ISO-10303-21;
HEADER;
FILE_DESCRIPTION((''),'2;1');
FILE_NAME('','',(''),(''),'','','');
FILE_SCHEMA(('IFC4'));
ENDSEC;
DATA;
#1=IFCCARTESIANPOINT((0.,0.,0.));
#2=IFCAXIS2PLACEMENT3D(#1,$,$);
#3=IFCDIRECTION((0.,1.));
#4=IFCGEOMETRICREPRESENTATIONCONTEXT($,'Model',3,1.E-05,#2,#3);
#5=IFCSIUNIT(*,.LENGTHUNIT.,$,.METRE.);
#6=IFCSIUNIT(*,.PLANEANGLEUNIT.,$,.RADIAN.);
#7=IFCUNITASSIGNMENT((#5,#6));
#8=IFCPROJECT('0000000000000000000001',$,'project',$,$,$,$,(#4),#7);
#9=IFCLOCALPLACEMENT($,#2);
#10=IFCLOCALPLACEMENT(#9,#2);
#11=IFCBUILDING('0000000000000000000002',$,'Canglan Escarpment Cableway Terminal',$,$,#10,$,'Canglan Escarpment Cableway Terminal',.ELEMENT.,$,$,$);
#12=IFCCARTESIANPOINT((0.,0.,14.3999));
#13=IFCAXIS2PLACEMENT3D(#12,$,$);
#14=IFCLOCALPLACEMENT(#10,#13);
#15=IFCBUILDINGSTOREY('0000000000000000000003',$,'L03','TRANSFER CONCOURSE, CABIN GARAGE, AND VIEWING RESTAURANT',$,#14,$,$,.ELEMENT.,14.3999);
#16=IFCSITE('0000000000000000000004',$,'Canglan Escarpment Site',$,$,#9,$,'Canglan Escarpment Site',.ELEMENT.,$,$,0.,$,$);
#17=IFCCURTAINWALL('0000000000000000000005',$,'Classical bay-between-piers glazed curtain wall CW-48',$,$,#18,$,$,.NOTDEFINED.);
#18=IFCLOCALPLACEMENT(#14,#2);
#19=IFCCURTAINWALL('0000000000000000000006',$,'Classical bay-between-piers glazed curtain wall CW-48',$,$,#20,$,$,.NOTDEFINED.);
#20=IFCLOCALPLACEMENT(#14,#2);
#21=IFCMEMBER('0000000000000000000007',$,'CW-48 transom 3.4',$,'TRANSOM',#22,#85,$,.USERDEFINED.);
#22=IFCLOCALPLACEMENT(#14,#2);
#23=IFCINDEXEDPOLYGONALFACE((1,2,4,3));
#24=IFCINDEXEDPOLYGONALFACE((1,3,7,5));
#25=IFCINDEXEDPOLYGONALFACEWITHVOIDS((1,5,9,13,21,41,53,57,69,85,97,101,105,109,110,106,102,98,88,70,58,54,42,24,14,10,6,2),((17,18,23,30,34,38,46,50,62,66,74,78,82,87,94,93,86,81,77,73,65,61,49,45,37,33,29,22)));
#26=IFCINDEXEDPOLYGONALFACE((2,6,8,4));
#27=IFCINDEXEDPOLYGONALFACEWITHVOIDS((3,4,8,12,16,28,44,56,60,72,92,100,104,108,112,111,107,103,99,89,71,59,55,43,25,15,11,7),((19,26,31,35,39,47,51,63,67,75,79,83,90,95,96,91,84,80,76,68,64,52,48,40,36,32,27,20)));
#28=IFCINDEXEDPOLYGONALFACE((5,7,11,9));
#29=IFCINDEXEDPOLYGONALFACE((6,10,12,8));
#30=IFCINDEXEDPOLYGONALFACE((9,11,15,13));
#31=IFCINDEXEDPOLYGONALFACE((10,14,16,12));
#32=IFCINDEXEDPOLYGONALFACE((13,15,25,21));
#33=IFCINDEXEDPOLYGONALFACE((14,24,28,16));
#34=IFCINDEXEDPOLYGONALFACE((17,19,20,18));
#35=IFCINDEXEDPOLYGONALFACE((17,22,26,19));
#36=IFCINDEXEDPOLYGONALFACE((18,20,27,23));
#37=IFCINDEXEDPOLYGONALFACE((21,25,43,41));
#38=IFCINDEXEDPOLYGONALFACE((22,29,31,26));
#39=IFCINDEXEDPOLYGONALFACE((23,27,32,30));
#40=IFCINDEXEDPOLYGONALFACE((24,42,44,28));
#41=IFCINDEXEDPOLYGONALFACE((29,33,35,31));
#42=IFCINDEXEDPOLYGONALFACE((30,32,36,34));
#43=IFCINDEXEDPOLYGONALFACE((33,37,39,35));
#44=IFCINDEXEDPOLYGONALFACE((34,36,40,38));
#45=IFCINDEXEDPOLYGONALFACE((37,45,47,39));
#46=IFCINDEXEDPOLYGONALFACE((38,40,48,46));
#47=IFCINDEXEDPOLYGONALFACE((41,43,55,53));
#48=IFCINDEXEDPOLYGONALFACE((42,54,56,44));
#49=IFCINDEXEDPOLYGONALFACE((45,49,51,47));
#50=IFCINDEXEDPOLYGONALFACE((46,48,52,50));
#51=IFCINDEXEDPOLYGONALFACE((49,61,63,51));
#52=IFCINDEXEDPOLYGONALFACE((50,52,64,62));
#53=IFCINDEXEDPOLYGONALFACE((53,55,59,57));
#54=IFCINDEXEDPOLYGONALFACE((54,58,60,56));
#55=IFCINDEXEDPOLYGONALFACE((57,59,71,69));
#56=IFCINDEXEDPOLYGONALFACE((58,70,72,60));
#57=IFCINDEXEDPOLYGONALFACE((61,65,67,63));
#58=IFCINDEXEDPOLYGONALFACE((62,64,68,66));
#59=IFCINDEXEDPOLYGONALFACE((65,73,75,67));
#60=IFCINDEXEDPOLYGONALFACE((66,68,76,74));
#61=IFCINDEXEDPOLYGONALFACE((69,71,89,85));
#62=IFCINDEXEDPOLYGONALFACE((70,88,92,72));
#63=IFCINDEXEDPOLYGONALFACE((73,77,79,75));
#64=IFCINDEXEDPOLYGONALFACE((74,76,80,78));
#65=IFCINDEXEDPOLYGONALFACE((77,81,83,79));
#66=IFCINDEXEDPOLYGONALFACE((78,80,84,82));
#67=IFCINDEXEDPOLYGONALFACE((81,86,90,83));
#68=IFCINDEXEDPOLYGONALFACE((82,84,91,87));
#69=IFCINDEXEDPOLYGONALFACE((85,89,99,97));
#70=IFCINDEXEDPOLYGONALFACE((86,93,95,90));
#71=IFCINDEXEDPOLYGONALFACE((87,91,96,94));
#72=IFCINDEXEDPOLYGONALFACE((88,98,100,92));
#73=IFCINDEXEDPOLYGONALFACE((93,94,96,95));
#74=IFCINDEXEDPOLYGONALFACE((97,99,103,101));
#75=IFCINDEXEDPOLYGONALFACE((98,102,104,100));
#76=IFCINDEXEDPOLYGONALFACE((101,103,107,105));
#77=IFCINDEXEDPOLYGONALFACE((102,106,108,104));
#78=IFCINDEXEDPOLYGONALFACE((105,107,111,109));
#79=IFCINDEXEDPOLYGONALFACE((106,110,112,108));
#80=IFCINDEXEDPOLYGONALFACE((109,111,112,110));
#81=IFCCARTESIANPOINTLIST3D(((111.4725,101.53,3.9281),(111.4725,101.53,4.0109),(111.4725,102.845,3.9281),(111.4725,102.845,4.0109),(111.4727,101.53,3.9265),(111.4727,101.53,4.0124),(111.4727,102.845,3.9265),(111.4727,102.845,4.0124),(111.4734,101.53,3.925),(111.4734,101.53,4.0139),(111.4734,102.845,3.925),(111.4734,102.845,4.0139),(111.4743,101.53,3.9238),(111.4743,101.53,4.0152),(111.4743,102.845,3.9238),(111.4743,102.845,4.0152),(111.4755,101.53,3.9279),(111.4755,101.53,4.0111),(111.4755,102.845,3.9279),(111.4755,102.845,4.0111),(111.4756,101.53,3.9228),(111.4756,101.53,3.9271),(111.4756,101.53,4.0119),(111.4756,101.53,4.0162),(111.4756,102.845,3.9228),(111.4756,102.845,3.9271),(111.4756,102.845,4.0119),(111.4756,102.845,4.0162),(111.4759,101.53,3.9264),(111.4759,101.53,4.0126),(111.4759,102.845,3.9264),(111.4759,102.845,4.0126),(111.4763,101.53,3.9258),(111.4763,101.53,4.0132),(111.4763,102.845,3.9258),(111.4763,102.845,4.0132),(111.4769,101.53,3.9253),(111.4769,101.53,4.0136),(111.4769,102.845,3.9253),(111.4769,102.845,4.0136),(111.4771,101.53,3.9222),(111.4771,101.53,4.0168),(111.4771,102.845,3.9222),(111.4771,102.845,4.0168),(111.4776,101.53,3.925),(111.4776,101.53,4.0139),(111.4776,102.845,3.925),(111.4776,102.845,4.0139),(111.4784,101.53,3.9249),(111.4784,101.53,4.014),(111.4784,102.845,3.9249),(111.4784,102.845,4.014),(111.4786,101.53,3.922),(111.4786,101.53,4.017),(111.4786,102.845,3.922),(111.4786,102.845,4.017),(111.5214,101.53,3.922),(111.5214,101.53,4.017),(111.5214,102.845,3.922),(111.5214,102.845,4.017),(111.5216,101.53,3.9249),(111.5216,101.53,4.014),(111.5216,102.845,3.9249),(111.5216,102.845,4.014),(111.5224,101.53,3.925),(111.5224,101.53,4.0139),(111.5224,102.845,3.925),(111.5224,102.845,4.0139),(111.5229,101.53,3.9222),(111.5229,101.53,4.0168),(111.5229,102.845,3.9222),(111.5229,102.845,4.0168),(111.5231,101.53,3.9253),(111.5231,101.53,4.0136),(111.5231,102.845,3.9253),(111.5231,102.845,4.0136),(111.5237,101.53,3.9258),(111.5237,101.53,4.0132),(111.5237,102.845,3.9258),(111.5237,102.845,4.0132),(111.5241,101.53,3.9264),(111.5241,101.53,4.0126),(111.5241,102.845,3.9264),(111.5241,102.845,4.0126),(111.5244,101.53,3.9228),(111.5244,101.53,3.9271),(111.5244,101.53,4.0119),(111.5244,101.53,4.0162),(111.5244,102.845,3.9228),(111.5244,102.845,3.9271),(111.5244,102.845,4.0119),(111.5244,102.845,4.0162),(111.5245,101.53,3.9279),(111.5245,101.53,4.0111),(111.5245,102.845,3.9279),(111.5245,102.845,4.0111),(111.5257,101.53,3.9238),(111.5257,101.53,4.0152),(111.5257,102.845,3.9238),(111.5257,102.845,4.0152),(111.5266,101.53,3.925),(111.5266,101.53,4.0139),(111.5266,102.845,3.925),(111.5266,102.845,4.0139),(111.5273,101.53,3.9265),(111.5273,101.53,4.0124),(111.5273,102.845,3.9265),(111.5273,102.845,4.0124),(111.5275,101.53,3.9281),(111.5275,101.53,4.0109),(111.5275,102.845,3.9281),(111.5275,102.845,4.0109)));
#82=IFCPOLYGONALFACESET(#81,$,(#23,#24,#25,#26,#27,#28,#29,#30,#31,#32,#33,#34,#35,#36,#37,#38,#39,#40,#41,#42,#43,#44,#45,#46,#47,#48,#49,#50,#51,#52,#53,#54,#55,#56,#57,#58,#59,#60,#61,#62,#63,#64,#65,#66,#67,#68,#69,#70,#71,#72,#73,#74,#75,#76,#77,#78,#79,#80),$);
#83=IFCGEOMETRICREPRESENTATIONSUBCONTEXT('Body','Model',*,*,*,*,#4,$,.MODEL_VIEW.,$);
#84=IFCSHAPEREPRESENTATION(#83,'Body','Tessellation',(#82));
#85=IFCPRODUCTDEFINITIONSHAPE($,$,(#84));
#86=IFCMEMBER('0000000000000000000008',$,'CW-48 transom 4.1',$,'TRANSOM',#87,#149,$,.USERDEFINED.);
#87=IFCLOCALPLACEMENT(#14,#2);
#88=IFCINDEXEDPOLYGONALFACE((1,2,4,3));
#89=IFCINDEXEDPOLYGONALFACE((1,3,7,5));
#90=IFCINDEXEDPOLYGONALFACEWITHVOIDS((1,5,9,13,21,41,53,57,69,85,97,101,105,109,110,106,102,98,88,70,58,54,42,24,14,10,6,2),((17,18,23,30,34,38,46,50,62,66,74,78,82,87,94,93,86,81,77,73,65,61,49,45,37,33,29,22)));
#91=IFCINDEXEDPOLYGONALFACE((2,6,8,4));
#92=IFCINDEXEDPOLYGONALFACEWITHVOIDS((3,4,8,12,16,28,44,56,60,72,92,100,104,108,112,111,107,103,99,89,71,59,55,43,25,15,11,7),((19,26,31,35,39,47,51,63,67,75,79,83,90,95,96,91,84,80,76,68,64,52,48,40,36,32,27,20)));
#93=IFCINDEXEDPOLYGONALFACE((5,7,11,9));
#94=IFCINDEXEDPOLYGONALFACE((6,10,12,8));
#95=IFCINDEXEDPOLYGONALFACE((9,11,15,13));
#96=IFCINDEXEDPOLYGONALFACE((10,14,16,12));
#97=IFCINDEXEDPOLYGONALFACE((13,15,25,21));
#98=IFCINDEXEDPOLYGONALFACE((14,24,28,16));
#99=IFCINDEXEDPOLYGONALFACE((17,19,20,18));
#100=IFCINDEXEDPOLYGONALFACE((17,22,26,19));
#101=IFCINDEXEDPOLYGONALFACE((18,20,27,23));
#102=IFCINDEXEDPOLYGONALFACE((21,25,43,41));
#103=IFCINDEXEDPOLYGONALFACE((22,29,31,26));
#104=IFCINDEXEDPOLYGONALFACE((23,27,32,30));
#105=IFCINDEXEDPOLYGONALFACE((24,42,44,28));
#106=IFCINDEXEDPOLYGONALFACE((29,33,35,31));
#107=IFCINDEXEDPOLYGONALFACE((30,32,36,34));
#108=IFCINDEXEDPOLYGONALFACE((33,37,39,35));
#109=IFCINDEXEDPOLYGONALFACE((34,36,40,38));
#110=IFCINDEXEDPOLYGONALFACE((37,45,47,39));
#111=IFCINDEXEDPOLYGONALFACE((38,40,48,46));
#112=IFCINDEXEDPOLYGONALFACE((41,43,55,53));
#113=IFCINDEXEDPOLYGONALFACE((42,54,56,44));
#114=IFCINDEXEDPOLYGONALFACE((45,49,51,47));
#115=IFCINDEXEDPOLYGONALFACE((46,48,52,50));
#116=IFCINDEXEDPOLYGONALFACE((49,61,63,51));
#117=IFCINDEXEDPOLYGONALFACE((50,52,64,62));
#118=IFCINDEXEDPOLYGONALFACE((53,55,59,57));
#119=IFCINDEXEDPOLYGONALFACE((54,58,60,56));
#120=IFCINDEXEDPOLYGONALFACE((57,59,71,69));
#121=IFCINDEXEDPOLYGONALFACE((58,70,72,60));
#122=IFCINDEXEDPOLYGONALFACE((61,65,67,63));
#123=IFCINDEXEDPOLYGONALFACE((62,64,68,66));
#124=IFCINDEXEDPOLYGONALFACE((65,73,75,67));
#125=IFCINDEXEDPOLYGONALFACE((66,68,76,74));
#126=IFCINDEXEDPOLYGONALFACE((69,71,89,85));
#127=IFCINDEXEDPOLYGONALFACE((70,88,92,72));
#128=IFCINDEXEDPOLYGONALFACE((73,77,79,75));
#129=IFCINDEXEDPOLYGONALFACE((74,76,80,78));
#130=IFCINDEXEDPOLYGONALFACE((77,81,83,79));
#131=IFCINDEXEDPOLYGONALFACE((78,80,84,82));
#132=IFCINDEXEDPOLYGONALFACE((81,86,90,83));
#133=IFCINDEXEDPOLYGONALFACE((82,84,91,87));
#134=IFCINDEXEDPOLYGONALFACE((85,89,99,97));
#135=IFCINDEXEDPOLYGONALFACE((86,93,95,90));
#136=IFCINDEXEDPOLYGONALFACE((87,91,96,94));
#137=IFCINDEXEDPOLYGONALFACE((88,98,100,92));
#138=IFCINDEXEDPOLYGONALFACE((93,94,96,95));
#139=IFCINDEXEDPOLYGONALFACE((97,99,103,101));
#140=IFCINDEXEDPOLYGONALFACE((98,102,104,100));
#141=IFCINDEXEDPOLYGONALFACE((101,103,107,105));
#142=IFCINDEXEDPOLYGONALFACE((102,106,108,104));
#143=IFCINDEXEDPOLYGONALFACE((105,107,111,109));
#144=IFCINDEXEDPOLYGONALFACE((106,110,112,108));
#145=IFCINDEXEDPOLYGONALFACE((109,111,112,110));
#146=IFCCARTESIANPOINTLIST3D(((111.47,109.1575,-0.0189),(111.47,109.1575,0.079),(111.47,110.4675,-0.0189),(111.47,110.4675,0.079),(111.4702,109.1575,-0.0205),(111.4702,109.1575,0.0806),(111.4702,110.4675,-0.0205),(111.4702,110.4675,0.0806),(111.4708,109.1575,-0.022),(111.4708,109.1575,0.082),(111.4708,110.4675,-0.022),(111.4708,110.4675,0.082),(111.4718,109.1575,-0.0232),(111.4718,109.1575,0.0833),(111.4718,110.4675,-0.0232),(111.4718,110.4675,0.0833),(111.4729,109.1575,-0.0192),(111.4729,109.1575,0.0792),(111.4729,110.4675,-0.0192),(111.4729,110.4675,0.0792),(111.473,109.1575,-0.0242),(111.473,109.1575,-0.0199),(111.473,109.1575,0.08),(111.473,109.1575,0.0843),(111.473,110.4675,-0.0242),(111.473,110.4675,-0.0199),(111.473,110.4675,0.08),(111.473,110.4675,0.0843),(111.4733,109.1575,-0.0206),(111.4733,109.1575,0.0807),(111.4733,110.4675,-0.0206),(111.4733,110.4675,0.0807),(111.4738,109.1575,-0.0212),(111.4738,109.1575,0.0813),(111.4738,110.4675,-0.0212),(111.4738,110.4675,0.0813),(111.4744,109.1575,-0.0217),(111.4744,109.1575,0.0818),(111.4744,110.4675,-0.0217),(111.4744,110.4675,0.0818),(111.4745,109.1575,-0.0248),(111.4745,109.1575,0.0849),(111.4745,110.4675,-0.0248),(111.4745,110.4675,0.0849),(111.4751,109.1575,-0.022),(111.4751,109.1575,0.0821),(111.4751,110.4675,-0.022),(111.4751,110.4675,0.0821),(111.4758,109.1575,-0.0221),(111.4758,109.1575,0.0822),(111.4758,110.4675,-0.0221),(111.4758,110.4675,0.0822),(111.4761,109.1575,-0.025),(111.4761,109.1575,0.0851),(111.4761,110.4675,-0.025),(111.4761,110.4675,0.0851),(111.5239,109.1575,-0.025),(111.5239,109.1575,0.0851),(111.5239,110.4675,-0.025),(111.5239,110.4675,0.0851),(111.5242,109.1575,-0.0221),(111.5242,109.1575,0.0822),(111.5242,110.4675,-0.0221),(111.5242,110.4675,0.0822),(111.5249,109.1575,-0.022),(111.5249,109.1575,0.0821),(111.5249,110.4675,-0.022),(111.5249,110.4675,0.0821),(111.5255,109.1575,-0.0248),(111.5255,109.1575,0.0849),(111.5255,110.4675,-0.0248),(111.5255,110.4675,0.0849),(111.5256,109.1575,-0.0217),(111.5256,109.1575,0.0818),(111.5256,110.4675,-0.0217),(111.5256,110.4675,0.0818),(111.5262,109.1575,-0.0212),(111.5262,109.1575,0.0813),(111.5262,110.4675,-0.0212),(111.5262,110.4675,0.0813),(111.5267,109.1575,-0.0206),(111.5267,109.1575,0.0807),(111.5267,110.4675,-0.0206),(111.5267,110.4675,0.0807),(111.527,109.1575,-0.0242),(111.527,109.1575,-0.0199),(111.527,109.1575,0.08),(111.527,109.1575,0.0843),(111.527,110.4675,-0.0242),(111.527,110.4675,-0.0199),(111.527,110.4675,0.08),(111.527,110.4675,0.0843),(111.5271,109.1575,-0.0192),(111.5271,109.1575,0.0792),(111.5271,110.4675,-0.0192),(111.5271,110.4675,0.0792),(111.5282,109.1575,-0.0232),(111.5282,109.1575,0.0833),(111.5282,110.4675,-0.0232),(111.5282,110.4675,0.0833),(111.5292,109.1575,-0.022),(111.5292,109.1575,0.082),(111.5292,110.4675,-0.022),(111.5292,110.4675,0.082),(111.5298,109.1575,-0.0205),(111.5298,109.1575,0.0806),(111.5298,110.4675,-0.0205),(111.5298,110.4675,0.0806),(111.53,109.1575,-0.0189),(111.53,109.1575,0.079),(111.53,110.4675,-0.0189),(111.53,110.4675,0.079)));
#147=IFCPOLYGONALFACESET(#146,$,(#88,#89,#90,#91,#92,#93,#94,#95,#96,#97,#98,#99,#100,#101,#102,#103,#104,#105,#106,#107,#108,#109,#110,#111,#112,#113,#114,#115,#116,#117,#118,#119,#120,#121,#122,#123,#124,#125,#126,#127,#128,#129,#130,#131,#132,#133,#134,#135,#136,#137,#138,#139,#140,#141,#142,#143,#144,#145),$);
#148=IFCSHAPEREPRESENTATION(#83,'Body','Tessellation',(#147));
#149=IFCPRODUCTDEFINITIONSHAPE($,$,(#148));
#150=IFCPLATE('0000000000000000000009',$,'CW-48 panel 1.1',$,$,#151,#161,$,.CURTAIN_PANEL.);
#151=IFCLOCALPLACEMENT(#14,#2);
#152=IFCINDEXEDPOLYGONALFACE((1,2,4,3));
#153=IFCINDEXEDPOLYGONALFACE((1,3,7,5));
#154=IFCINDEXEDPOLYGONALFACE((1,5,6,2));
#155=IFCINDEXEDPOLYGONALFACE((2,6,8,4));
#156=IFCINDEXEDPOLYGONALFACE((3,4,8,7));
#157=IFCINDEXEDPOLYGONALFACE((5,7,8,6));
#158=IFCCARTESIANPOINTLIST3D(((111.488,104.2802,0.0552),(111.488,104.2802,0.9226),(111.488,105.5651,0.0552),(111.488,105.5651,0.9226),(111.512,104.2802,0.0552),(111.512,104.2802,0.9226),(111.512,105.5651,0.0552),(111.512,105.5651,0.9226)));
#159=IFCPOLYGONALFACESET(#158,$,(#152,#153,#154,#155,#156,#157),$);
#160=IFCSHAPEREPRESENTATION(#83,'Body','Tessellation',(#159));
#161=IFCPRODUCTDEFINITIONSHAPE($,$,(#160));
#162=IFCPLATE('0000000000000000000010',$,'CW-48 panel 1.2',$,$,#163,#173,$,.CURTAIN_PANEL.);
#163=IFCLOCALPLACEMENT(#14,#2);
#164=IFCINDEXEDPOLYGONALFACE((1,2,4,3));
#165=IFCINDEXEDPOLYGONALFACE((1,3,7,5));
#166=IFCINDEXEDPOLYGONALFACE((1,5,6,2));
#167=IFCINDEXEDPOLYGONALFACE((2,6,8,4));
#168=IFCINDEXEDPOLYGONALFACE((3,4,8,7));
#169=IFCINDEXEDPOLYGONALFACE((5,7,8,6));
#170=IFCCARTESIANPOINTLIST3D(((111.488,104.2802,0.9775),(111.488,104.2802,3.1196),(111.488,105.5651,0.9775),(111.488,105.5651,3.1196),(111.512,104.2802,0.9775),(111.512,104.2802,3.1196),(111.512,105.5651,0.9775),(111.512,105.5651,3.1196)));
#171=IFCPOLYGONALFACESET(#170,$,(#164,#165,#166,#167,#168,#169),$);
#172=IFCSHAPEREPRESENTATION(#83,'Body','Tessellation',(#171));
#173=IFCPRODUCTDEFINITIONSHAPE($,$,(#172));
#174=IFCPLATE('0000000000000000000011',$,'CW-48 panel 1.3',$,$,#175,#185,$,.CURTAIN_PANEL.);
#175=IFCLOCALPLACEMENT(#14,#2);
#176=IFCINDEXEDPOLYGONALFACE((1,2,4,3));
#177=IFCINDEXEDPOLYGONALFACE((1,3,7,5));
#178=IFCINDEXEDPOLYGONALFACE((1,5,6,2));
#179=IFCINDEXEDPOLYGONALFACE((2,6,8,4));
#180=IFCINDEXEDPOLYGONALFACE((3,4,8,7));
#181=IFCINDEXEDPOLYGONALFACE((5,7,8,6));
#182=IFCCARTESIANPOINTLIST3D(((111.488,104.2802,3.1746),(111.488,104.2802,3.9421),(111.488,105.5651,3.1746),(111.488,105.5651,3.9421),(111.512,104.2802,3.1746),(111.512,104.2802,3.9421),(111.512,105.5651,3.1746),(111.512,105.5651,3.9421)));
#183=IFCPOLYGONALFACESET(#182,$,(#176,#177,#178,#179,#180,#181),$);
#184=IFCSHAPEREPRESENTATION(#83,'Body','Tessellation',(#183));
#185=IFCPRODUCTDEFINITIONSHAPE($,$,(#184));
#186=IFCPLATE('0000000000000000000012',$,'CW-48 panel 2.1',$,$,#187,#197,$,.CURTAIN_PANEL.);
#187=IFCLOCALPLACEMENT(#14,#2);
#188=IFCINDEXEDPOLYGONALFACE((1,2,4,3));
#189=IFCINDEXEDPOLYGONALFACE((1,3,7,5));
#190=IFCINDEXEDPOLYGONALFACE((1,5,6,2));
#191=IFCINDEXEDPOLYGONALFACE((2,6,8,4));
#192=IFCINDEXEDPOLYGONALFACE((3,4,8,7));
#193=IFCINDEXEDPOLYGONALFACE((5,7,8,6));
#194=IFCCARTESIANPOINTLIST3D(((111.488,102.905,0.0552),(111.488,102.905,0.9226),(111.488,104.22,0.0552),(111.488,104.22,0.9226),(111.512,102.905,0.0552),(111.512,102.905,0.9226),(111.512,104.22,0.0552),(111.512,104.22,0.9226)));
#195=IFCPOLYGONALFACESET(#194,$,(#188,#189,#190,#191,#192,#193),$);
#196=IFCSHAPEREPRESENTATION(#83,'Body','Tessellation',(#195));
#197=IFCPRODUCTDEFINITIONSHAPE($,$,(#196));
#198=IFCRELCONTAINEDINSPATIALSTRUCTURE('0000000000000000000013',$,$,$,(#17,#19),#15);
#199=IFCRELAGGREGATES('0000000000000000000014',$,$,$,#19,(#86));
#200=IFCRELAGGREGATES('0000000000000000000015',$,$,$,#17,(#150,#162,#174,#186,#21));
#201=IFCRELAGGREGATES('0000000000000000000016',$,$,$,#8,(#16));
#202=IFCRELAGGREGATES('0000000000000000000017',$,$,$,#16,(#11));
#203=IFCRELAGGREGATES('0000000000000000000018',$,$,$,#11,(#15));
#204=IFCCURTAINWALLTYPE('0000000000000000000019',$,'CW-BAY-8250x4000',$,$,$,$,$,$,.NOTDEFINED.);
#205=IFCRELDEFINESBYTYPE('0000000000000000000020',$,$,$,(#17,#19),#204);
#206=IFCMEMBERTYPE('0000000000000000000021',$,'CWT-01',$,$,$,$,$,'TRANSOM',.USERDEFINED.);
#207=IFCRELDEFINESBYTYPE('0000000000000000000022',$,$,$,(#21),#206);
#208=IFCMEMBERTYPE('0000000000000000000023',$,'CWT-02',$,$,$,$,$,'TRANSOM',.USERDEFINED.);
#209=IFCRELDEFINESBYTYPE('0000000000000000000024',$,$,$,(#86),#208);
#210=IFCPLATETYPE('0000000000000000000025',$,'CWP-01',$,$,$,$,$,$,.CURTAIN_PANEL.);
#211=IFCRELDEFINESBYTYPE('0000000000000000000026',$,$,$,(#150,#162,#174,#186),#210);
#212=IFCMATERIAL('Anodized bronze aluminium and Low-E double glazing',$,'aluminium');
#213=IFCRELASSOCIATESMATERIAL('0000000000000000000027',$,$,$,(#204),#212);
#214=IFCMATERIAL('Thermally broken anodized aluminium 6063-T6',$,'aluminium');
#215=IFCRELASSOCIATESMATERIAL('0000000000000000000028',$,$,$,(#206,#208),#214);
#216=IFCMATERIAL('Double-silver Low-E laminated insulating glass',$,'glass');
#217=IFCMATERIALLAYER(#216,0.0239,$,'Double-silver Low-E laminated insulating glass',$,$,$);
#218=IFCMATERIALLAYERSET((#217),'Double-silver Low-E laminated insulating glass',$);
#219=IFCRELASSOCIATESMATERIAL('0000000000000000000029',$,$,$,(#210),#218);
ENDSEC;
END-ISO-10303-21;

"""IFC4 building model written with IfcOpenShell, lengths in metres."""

from ifc_helpers import new_model, si_unit, direction, frame, origin, origin_2d, place, context, subcontext, project, spatial, rectangle, hollow_rectangle, extrude, material, layer, layer_set, material_profile, profile_set, type_object, element, aggregate, save


model = new_model("IFC4")

# Units and contexts
model_context = context("Model", 3, precision=1e-05, world=origin(), true_north=direction((0.0, 1.0)))
body_context = subcontext(model_context, "Body", "Model", "MODEL_VIEW")
ifc_project = project(units=[si_unit("LENGTHUNIT", "METRE"), si_unit("PLANEANGLEUNIT", "RADIAN")], contexts=[model_context])

# Site, building, storey
site_placement = place(None, origin())
site = spatial("IfcSite", under=ifc_project, at=site_placement, Name="Canglan Escarpment Site", LongName="Canglan Escarpment Site", CompositionType="ELEMENT", RefElevation=0.0)
building_placement = place(site_placement, origin())
building = spatial("IfcBuilding", under=site, at=building_placement, Name="Canglan Escarpment Cableway Terminal", LongName="Canglan Escarpment Cableway Terminal", CompositionType="ELEMENT")
storey_placement = place(building_placement, frame((0.0, 0.0, 14.3999)))
storey = spatial("IfcBuildingStorey", under=building, at=storey_placement, Name="L03", Description="TRANSFER CONCOURSE, CABIN GARAGE, AND VIEWING RESTAURANT", CompositionType="ELEMENT", Elevation=14.3999)

# Curtain walls
ifc_material_1 = material(Name="Anodized bronze aluminium and Low-E double glazing", Category="aluminium")
curtain_wall_type = type_object("IfcCurtainWallType", Name="CW-BAY-8250x4000", PredefinedType="NOTDEFINED", material=ifc_material_1)
curtain_wall_1_placement = place(storey_placement, origin())
curtain_wall_1 = element("IfcCurtainWall", 1, at=curtain_wall_1_placement, inside=storey, type_object=curtain_wall_type, Name="Classical bay-between-piers glazed curtain wall CW-48", PredefinedType="NOTDEFINED")
ifc_material_2 = material(Name="Thermally broken anodized aluminium 6063-T6", Category="aluminium")
curtain_wall_2_placement = place(storey_placement, origin())
curtain_wall_2 = element("IfcCurtainWall", 2, at=curtain_wall_2_placement, inside=storey, type_object=curtain_wall_type, Name="Classical bay-between-piers glazed curtain wall CW-48", PredefinedType="NOTDEFINED")

# Members
ifc_material_profile_1 = material_profile(ifc_material_2, hollow_rectangle(XDim=0.0549, YDim=0.095, WallThickness=0.0029, InnerFilletRadius=0.0029, OuterFilletRadius=0.0061, at=origin_2d()), Name="ALU-TRAN 55x95x3")
ifc_profile_set_1 = profile_set([ifc_material_profile_1], Name="Thermally broken anodized aluminium 6063-T6")
member_type_1 = type_object("IfcMemberType", Name="CWT-01", ElementType="TRANSOM", PredefinedType="USERDEFINED", material=ifc_profile_set_1)
member_1_placement = place(storey_placement, frame((111.5, 102.845, 3.9695), z_axis=(0.0, -1.0, 0.0), x_axis=(1.0, 0.0, 0.0)))
member_1 = element("IfcMember", 3, at=member_1_placement, type_object=member_type_1, Name="CW-48 transom 3.4", ObjectType="TRANSOM", PredefinedType="USERDEFINED", context=body_context, shape_type="SweptSolid", body=[
    extrude(hollow_rectangle(XDim=0.0549, YDim=0.095, WallThickness=0.0029, InnerFilletRadius=0.0029, OuterFilletRadius=0.0061, at=origin_2d()), origin(), (0.0, 0.0, 1.0), 1.3149),
])
ifc_material_profile_2 = material_profile(ifc_material_2, hollow_rectangle(XDim=0.0601, YDim=0.1101, WallThickness=0.0029, InnerFilletRadius=0.0029, OuterFilletRadius=0.0061, at=origin_2d()), Name="ALU-TRAN 60x110x3")
ifc_profile_set_2 = profile_set([ifc_material_profile_2], Name="Thermally broken anodized aluminium 6063-T6")
member_type_2 = type_object("IfcMemberType", Name="CWT-02", ElementType="TRANSOM", PredefinedType="USERDEFINED", material=ifc_profile_set_2)
member_2_placement = place(storey_placement, frame((111.5, 110.4675, 0.03), z_axis=(0.0, -1.0, 0.0), x_axis=(1.0, 0.0, 0.0)))
member_2 = element("IfcMember", 4, at=member_2_placement, type_object=member_type_2, Name="CW-48 transom 4.1", ObjectType="TRANSOM", PredefinedType="USERDEFINED", context=body_context, shape_type="SweptSolid", body=[
    extrude(hollow_rectangle(XDim=0.0601, YDim=0.1101, WallThickness=0.0029, InnerFilletRadius=0.0029, OuterFilletRadius=0.0061, at=origin_2d()), origin(), (0.0, 0.0, 1.0), 1.3101),
])
aggregate(curtain_wall_2, [member_2])

# Plates
ifc_material_3 = material(Name="Double-silver Low-E laminated insulating glass", Category="glass")
ifc_layer_1 = layer(ifc_material_3, 0.0239, Name="Double-silver Low-E laminated insulating glass")
ifc_layer_set_1 = layer_set([ifc_layer_1], Name="Double-silver Low-E laminated insulating glass")
plate_type = type_object("IfcPlateType", Name="CWP-01", PredefinedType="CURTAIN_PANEL", material=ifc_layer_set_1)
plate_1_placement = place(storey_placement, frame((111.5, 104.9226, 0.0552), z_axis=(0.0, 0.0, 1.0), x_axis=(0.0, -1.0, 0.0)))
plate_1 = element("IfcPlate", 5, at=plate_1_placement, type_object=plate_type, Name="CW-48 panel 1.1", PredefinedType="CURTAIN_PANEL", context=body_context, shape_type="SweptSolid", body=[
    extrude(rectangle(XDim=1.2849, YDim=0.0239, at=origin_2d()), origin(), (0.0, 0.0, 1.0), 0.8674),
])
plate_2_placement = place(storey_placement, frame((111.5, 104.9226, 0.9775), z_axis=(0.0, 0.0, 1.0), x_axis=(0.0, -1.0, 0.0)))
plate_2 = element("IfcPlate", 6, at=plate_2_placement, type_object=plate_type, Name="CW-48 panel 1.2", PredefinedType="CURTAIN_PANEL", context=body_context, shape_type="SweptSolid", body=[
    extrude(rectangle(XDim=1.2849, YDim=0.0239, at=origin_2d()), origin(), (0.0, 0.0, 1.0), 2.1421),
])
plate_3_placement = place(storey_placement, frame((111.5, 104.9226, 3.1746), z_axis=(0.0, 0.0, 1.0), x_axis=(0.0, -1.0, 0.0)))
plate_3 = element("IfcPlate", 7, at=plate_3_placement, type_object=plate_type, Name="CW-48 panel 1.3", PredefinedType="CURTAIN_PANEL", context=body_context, shape_type="SweptSolid", body=[
    extrude(rectangle(XDim=1.2849, YDim=0.0239, at=origin_2d()), origin(), (0.0, 0.0, 1.0), 0.7676),
])
plate_4_placement = place(storey_placement, frame((111.5, 103.5625, 0.0552), z_axis=(0.0, 0.0, 1.0), x_axis=(0.0, -1.0, 0.0)))
plate_4 = element("IfcPlate", 8, at=plate_4_placement, type_object=plate_type, Name="CW-48 panel 2.1", PredefinedType="CURTAIN_PANEL", context=body_context, shape_type="SweptSolid", body=[
    extrude(rectangle(XDim=1.3149, YDim=0.0239, at=origin_2d()), origin(), (0.0, 0.0, 1.0), 0.8674),
])
aggregate(curtain_wall_1, [plate_1, plate_2, plate_3, plate_4, member_1])

save(model, "model.ifc")
